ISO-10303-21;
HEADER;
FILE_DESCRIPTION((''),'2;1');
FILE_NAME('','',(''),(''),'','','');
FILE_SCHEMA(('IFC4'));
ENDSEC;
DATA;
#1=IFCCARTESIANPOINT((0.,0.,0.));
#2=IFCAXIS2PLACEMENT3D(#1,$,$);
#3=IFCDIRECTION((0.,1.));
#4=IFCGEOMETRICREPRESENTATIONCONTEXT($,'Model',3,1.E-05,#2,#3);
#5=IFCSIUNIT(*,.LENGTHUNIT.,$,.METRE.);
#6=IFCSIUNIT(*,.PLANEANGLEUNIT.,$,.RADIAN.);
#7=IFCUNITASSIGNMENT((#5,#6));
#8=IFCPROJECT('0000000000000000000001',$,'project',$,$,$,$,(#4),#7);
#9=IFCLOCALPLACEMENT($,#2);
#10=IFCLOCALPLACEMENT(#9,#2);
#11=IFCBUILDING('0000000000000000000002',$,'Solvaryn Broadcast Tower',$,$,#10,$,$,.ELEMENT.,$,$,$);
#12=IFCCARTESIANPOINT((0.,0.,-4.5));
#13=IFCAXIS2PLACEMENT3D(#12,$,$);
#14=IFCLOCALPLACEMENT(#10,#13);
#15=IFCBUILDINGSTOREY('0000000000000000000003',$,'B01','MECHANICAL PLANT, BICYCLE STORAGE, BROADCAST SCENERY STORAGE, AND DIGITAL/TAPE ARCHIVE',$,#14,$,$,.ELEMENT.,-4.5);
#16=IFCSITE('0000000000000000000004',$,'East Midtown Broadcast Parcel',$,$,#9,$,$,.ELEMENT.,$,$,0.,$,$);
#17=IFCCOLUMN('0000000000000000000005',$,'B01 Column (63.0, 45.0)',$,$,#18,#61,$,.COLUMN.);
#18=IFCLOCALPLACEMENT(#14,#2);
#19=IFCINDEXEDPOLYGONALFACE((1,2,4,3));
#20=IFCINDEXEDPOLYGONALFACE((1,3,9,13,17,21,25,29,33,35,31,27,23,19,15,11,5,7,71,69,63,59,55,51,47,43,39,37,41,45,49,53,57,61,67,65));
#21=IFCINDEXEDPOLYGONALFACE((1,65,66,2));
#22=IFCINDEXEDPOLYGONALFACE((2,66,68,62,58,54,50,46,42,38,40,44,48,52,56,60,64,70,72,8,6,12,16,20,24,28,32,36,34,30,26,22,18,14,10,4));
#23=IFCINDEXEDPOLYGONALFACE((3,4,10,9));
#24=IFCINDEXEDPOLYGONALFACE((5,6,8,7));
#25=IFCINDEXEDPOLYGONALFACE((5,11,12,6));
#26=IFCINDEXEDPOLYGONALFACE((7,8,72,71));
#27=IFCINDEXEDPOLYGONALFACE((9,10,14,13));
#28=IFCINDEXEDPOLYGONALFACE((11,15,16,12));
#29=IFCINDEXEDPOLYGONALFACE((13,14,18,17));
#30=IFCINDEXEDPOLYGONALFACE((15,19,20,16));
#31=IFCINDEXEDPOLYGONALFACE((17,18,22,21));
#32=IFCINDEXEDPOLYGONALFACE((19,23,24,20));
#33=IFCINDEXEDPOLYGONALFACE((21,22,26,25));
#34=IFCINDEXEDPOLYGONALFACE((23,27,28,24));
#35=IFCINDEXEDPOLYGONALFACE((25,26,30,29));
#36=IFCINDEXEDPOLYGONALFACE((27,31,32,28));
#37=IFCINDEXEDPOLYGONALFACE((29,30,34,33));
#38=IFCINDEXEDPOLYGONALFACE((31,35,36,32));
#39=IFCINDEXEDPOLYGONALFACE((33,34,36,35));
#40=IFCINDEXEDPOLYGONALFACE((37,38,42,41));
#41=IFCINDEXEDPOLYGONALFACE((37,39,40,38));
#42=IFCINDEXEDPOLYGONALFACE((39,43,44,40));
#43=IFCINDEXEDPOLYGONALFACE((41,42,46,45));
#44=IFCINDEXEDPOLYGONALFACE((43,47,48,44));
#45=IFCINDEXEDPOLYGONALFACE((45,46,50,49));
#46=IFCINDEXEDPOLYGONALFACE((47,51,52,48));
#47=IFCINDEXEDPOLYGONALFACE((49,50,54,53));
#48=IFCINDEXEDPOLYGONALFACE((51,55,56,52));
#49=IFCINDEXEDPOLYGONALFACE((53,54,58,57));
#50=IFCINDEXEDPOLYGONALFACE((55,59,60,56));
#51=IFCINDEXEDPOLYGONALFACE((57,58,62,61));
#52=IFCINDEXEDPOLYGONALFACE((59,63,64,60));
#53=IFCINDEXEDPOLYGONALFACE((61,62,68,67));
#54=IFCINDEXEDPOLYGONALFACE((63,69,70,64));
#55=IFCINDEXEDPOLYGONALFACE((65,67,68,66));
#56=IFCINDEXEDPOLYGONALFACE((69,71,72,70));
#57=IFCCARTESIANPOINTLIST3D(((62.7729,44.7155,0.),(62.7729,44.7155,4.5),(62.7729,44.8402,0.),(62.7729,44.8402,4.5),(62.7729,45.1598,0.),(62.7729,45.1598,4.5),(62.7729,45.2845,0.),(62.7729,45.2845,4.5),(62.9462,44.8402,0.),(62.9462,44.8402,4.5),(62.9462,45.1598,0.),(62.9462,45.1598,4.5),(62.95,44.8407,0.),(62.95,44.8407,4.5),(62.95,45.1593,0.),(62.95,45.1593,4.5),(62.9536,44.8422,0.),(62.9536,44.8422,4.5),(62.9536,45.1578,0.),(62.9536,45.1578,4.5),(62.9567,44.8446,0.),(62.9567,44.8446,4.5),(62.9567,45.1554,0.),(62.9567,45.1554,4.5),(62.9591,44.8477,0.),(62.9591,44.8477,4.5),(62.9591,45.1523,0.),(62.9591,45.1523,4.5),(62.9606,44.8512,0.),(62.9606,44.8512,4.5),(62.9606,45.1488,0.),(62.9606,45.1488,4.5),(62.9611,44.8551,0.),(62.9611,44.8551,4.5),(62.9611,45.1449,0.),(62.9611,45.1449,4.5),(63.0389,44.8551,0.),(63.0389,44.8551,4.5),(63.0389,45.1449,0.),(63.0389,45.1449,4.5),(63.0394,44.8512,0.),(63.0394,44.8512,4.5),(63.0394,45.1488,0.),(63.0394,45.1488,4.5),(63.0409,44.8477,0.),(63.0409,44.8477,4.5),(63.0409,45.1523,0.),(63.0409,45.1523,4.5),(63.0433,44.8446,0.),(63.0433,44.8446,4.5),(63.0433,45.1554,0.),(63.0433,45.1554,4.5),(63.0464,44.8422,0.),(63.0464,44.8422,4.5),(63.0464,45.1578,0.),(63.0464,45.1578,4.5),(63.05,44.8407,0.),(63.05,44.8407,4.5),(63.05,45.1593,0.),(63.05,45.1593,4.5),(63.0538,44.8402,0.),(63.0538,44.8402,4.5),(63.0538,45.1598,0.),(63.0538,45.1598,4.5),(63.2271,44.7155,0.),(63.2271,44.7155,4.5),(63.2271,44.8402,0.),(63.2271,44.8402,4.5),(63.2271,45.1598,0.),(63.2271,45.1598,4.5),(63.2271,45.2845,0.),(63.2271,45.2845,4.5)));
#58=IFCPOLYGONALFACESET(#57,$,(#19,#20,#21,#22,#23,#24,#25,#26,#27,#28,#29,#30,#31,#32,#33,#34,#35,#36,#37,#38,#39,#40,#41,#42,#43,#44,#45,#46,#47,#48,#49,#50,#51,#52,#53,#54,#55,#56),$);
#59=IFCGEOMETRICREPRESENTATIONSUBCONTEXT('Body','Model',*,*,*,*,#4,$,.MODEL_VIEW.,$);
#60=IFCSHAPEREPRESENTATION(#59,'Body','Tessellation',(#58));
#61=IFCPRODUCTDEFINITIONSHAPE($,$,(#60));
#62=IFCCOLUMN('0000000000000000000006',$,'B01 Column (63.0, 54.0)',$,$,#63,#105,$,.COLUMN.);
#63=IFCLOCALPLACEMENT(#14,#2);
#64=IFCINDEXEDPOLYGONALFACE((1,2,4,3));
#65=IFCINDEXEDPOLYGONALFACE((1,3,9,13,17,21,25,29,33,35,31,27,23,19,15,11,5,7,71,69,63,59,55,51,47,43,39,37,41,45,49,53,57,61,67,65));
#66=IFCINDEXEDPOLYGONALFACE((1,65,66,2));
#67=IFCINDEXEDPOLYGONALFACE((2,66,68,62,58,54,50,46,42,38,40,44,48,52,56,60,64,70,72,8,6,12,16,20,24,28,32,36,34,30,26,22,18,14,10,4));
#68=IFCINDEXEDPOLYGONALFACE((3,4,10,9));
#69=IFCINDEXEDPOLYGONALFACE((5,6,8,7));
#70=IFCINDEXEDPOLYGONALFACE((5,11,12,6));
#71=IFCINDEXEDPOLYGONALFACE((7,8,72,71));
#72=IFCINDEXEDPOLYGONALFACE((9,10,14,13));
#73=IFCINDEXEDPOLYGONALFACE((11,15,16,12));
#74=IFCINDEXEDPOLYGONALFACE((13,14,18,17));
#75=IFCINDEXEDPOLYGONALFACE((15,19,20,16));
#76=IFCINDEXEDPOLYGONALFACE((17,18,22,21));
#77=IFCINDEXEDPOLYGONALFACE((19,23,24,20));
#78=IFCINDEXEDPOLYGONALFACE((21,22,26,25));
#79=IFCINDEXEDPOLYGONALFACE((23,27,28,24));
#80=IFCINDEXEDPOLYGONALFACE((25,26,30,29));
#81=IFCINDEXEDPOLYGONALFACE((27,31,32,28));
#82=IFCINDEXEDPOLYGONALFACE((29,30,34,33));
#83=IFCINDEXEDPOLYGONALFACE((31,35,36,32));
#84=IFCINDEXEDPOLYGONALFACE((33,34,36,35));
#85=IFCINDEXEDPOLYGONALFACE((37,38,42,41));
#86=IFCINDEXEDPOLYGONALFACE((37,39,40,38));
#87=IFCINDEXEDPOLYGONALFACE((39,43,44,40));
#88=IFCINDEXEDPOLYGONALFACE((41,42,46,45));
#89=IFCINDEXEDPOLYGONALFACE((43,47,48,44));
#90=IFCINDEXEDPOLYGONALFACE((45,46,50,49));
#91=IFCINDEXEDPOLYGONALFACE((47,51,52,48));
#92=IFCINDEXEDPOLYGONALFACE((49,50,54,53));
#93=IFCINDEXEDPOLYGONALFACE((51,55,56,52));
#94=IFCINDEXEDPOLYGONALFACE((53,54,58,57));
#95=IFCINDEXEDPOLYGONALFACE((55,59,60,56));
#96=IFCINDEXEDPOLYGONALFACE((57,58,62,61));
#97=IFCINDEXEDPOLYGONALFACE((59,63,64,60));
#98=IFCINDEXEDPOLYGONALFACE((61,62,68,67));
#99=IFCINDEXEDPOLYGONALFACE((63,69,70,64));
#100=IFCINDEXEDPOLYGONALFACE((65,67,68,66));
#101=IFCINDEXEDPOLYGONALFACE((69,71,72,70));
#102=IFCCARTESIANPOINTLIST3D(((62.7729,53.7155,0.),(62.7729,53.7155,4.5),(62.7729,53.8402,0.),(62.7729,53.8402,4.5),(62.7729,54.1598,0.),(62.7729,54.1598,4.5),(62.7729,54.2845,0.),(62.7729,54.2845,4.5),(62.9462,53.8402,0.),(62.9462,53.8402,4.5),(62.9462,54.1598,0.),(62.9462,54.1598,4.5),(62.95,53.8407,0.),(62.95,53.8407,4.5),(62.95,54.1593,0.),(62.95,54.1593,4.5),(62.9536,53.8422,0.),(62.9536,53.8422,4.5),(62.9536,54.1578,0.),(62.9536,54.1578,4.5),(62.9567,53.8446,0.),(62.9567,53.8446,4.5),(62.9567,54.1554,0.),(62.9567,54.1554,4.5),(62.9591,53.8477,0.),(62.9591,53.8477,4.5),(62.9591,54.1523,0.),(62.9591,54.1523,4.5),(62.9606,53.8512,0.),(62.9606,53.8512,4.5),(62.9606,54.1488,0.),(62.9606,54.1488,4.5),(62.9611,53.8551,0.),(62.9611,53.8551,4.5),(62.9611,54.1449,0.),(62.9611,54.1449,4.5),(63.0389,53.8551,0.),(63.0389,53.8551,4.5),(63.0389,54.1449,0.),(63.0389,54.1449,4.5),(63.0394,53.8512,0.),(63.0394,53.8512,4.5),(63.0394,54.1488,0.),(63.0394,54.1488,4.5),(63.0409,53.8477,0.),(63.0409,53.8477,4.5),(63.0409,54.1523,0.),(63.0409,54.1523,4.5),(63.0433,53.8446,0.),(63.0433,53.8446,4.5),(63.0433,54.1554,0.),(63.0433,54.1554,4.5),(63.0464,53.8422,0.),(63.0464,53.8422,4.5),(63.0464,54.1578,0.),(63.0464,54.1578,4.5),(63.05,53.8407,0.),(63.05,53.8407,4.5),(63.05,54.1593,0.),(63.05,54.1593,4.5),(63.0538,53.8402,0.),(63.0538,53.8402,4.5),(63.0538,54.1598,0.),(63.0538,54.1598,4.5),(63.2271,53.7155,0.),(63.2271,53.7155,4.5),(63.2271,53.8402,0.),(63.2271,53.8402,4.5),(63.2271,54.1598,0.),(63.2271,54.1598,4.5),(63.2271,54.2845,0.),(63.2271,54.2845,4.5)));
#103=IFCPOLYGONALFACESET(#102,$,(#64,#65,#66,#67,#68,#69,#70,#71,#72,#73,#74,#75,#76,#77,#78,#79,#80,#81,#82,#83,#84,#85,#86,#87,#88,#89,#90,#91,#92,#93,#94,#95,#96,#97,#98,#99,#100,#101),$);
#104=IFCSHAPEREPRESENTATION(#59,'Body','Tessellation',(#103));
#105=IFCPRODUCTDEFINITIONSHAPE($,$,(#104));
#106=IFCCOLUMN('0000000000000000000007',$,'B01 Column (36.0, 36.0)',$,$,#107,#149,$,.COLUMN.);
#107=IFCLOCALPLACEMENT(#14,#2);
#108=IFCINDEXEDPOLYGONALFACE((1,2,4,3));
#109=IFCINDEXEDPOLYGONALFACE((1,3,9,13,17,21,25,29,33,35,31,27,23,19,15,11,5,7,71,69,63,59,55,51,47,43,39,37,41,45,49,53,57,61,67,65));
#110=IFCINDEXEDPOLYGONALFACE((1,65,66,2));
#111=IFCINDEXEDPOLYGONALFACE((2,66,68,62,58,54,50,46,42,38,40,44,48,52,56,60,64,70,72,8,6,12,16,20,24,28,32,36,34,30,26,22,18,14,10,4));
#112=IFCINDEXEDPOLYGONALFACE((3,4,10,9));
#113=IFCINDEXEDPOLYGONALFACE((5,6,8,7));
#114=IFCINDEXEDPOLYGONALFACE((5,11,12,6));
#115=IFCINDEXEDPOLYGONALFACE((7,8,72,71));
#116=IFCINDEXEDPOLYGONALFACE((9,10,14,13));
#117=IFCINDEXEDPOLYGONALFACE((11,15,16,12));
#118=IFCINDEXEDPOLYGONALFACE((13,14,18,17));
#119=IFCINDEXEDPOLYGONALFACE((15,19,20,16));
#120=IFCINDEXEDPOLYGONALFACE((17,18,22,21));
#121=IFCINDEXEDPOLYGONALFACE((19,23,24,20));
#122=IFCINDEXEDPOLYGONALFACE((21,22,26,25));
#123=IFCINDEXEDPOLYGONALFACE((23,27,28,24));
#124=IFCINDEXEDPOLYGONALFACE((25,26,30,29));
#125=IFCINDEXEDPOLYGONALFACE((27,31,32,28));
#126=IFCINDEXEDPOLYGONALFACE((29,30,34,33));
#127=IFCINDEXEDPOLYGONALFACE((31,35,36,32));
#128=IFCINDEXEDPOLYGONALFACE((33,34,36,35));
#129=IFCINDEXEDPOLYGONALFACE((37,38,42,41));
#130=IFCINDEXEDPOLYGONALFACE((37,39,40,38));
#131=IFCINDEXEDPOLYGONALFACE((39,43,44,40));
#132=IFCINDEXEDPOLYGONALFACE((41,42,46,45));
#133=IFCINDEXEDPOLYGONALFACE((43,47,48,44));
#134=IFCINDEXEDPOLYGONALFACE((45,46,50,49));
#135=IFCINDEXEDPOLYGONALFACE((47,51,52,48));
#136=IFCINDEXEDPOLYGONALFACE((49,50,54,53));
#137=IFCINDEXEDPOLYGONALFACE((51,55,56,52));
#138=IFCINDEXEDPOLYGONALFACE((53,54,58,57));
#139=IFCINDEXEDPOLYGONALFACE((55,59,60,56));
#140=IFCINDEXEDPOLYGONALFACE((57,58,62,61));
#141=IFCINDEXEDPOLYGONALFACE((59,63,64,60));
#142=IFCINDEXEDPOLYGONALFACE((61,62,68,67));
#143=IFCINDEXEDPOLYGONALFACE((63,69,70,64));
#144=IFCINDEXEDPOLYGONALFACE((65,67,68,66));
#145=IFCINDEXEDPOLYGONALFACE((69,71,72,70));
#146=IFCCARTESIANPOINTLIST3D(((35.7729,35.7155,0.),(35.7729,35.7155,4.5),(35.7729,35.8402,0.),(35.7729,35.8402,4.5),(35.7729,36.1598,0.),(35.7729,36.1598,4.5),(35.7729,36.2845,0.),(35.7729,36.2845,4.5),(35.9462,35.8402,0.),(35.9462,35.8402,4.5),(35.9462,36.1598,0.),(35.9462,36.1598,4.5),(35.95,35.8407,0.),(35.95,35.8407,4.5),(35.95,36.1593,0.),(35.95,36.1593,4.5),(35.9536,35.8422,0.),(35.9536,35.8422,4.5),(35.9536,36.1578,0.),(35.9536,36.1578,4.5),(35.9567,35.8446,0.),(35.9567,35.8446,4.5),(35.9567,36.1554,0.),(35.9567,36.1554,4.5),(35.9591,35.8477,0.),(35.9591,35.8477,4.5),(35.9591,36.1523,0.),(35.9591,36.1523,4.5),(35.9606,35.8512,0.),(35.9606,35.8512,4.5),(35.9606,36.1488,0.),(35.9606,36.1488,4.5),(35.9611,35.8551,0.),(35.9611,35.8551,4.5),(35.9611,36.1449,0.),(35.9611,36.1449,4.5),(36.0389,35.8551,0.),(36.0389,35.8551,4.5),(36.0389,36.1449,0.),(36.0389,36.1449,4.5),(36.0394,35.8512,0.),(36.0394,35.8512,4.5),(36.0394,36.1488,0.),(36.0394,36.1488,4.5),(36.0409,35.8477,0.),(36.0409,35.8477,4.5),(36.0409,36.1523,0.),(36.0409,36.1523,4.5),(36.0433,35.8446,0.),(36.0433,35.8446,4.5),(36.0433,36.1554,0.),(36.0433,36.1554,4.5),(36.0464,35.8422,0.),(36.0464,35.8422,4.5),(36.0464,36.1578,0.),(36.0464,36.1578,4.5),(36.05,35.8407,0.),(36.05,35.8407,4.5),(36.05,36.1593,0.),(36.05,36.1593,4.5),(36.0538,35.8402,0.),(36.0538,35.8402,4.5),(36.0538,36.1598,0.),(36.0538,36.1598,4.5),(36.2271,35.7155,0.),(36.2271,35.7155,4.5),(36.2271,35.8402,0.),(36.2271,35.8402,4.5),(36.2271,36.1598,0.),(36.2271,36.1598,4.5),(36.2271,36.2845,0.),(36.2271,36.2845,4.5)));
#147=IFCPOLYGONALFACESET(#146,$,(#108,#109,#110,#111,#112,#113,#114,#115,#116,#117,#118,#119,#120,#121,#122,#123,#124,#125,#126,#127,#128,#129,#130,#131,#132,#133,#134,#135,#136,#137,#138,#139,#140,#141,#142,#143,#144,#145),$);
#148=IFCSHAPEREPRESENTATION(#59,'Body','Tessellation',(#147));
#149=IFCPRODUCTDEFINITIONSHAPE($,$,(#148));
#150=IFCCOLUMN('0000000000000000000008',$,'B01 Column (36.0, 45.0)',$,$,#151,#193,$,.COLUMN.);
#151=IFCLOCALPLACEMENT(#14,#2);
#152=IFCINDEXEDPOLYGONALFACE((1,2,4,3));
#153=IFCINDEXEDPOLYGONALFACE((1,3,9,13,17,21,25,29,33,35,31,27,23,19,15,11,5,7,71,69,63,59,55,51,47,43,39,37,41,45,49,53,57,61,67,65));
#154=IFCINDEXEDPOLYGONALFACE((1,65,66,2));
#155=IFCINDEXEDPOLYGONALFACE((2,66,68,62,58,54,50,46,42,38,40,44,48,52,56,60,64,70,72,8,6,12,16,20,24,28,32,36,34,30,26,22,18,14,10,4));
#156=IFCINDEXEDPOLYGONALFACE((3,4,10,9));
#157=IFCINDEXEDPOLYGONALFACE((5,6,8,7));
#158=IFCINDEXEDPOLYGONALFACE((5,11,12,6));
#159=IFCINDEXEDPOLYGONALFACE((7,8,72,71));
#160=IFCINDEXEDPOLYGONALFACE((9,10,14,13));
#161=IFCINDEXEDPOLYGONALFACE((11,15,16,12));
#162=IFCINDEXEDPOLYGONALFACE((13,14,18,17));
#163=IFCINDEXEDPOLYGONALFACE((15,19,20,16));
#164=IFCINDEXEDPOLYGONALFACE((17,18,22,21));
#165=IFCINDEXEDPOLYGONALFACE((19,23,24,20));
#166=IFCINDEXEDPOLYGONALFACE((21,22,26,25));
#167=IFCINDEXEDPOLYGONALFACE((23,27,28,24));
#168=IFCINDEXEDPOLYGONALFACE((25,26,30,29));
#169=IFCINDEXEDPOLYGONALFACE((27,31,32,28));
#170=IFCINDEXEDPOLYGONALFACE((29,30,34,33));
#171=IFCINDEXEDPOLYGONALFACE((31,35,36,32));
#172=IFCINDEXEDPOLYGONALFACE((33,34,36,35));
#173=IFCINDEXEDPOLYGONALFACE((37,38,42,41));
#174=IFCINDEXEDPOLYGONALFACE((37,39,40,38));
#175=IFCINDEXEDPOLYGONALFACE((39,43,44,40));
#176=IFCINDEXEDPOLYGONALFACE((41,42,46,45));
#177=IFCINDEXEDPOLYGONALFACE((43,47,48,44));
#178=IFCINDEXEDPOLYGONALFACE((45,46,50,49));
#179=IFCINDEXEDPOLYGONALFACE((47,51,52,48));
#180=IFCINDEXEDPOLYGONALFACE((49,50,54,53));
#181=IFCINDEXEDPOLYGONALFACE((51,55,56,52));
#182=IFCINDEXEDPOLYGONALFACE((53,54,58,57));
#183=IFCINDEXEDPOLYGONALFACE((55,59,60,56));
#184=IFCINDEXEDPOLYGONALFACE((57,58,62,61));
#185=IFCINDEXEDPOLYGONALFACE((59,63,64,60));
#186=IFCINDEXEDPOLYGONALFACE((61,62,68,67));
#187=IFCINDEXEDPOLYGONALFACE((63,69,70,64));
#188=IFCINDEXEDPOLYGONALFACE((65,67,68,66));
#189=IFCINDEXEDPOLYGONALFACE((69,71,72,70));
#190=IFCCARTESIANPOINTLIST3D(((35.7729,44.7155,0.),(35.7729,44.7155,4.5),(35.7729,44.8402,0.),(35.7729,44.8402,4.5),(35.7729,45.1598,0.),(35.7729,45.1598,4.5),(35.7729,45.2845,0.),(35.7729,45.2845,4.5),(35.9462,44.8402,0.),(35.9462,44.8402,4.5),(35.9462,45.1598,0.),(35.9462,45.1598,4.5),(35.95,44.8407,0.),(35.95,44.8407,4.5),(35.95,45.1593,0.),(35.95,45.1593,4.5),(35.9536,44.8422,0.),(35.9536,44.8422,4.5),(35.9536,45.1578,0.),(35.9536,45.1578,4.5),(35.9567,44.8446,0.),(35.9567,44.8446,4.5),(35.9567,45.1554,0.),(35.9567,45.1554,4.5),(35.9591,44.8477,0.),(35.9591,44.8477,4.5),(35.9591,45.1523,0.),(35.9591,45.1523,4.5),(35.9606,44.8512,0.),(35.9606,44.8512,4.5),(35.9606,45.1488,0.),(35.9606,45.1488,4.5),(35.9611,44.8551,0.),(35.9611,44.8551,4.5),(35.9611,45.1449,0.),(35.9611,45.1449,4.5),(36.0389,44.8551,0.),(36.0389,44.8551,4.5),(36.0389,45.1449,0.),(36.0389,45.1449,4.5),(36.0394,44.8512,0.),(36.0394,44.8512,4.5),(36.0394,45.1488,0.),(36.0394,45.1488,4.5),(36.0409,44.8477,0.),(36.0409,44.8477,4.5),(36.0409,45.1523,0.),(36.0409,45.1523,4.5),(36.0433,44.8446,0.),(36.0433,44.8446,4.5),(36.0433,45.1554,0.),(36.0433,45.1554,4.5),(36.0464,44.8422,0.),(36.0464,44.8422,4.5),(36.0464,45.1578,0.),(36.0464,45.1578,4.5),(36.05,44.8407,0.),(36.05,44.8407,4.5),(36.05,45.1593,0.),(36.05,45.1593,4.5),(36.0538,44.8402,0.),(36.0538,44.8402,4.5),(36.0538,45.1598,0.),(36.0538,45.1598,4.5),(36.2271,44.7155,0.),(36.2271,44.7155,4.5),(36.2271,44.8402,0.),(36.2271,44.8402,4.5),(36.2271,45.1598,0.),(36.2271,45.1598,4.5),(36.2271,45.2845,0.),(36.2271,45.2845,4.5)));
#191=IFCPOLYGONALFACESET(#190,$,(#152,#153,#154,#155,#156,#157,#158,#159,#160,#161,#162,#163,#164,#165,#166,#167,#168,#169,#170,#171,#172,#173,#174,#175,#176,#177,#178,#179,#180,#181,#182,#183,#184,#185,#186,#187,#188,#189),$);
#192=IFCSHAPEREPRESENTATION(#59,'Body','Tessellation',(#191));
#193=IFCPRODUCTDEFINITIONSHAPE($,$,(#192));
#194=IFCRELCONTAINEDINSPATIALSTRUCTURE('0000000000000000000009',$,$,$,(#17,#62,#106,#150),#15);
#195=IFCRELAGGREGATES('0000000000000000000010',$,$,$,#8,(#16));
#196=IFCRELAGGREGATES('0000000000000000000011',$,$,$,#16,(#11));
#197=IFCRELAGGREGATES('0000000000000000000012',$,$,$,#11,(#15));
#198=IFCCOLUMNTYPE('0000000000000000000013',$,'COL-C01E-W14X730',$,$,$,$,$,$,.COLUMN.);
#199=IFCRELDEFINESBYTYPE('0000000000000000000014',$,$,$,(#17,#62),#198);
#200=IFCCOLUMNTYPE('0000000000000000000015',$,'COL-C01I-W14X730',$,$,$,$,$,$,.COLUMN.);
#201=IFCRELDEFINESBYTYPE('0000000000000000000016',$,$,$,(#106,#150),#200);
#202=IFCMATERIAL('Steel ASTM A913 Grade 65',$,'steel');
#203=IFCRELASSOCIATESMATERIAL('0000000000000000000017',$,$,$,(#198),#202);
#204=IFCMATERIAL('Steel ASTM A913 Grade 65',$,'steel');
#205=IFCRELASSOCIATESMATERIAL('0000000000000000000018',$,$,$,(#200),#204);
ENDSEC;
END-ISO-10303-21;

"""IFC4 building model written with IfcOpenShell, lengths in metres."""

from ifc_helpers import new_model, si_unit, direction, frame, origin, origin_2d, place, context, subcontext, project, spatial, i_section, extrude, material, material_profile, profile_set, type_object, element, save


model = new_model("IFC4")

# Units and contexts
model_context = context("Model", 3, precision=1e-05, world=origin(), true_north=direction((0.0, 1.0)))
body_context = subcontext(model_context, "Body", "Model", "MODEL_VIEW")
ifc_project = project(units=[si_unit("LENGTHUNIT", "METRE"), si_unit("PLANEANGLEUNIT", "RADIAN")], contexts=[model_context])

# Site, building, storey
site_placement = place(None, origin())
site = spatial("IfcSite", under=ifc_project, at=site_placement, Name="East Midtown Broadcast Parcel", CompositionType="ELEMENT", RefElevation=0.0)
building_placement = place(site_placement, origin())
building = spatial("IfcBuilding", under=site, at=building_placement, Name="Solvaryn Broadcast Tower", CompositionType="ELEMENT")
storey_placement = place(building_placement, frame((0.0, 0.0, -4.5)))
storey = spatial("IfcBuildingStorey", under=building, at=storey_placement, Name="B01", Description="MECHANICAL PLANT, BICYCLE STORAGE, BROADCAST SCENERY STORAGE, AND DIGITAL/TAPE ARCHIVE", CompositionType="ELEMENT", Elevation=-4.5)

# Columns
ifc_material_1 = material(Name="Steel ASTM A913 Grade 65", Category="steel")
ifc_material_profile_1 = material_profile(ifc_material_1, i_section(OverallWidth=0.4541, OverallDepth=0.5691, WebThickness=0.0779, FlangeThickness=0.1248, FilletRadius=0.0149, at=origin_2d()))
ifc_profile_set_1 = profile_set([ifc_material_profile_1], Name="Steel ASTM A913 Grade 65")
column_type_1 = type_object("IfcColumnType", Name="COL-C01E-W14X730", PredefinedType="COLUMN", material=ifc_profile_set_1)
for number, where, z_axis, x_axis, name in (
    (1, (63.0, 45.0, 0.0), (0.0, 0.0, 1.0), (1.0, 0.0, 0.0), "B01 Column (63.0, 45.0)"),
    (2, (63.0, 54.0, 0.0), (0.0, 0.0, 1.0), (1.0, 0.0, 0.0), "B01 Column (63.0, 54.0)"),
):
    element("IfcColumn", number, at=place(storey_placement, frame(where, z_axis=z_axis, x_axis=x_axis)), inside=storey, type_object=column_type_1, Name=name, PredefinedType="COLUMN", context=body_context, shape_type="SweptSolid", body=[
        extrude(i_section(OverallWidth=0.4541, OverallDepth=0.5691, WebThickness=0.0779, FlangeThickness=0.1248, FilletRadius=0.0149, at=origin_2d()), origin(), (0.0, 0.0, 1.0), 4.5),
    ])
ifc_material_2 = material(Name="Steel ASTM A913 Grade 65", Category="steel")
ifc_material_profile_2 = material_profile(ifc_material_2, i_section(OverallWidth=0.4541, OverallDepth=0.5691, WebThickness=0.0779, FlangeThickness=0.1248, FilletRadius=0.0149, at=origin_2d()))
ifc_profile_set_2 = profile_set([ifc_material_profile_2], Name="Steel ASTM A913 Grade 65")
column_type_2 = type_object("IfcColumnType", Name="COL-C01I-W14X730", PredefinedType="COLUMN", material=ifc_profile_set_2)
for number, where, z_axis, x_axis, name in (
    (3, (36.0, 36.0, 0.0), (0.0, 0.0, 1.0), (1.0, 0.0, 0.0), "B01 Column (36.0, 36.0)"),
    (4, (36.0, 45.0, 0.0), (0.0, 0.0, 1.0), (1.0, 0.0, 0.0), "B01 Column (36.0, 45.0)"),
):
    element("IfcColumn", number, at=place(storey_placement, frame(where, z_axis=z_axis, x_axis=x_axis)), inside=storey, type_object=column_type_2, Name=name, PredefinedType="COLUMN", context=body_context, shape_type="SweptSolid", body=[
        extrude(i_section(OverallWidth=0.4541, OverallDepth=0.5691, WebThickness=0.0779, FlangeThickness=0.1248, FilletRadius=0.0149, at=origin_2d()), origin(), (0.0, 0.0, 1.0), 4.5),
    ])

save(model, "model.ifc")
